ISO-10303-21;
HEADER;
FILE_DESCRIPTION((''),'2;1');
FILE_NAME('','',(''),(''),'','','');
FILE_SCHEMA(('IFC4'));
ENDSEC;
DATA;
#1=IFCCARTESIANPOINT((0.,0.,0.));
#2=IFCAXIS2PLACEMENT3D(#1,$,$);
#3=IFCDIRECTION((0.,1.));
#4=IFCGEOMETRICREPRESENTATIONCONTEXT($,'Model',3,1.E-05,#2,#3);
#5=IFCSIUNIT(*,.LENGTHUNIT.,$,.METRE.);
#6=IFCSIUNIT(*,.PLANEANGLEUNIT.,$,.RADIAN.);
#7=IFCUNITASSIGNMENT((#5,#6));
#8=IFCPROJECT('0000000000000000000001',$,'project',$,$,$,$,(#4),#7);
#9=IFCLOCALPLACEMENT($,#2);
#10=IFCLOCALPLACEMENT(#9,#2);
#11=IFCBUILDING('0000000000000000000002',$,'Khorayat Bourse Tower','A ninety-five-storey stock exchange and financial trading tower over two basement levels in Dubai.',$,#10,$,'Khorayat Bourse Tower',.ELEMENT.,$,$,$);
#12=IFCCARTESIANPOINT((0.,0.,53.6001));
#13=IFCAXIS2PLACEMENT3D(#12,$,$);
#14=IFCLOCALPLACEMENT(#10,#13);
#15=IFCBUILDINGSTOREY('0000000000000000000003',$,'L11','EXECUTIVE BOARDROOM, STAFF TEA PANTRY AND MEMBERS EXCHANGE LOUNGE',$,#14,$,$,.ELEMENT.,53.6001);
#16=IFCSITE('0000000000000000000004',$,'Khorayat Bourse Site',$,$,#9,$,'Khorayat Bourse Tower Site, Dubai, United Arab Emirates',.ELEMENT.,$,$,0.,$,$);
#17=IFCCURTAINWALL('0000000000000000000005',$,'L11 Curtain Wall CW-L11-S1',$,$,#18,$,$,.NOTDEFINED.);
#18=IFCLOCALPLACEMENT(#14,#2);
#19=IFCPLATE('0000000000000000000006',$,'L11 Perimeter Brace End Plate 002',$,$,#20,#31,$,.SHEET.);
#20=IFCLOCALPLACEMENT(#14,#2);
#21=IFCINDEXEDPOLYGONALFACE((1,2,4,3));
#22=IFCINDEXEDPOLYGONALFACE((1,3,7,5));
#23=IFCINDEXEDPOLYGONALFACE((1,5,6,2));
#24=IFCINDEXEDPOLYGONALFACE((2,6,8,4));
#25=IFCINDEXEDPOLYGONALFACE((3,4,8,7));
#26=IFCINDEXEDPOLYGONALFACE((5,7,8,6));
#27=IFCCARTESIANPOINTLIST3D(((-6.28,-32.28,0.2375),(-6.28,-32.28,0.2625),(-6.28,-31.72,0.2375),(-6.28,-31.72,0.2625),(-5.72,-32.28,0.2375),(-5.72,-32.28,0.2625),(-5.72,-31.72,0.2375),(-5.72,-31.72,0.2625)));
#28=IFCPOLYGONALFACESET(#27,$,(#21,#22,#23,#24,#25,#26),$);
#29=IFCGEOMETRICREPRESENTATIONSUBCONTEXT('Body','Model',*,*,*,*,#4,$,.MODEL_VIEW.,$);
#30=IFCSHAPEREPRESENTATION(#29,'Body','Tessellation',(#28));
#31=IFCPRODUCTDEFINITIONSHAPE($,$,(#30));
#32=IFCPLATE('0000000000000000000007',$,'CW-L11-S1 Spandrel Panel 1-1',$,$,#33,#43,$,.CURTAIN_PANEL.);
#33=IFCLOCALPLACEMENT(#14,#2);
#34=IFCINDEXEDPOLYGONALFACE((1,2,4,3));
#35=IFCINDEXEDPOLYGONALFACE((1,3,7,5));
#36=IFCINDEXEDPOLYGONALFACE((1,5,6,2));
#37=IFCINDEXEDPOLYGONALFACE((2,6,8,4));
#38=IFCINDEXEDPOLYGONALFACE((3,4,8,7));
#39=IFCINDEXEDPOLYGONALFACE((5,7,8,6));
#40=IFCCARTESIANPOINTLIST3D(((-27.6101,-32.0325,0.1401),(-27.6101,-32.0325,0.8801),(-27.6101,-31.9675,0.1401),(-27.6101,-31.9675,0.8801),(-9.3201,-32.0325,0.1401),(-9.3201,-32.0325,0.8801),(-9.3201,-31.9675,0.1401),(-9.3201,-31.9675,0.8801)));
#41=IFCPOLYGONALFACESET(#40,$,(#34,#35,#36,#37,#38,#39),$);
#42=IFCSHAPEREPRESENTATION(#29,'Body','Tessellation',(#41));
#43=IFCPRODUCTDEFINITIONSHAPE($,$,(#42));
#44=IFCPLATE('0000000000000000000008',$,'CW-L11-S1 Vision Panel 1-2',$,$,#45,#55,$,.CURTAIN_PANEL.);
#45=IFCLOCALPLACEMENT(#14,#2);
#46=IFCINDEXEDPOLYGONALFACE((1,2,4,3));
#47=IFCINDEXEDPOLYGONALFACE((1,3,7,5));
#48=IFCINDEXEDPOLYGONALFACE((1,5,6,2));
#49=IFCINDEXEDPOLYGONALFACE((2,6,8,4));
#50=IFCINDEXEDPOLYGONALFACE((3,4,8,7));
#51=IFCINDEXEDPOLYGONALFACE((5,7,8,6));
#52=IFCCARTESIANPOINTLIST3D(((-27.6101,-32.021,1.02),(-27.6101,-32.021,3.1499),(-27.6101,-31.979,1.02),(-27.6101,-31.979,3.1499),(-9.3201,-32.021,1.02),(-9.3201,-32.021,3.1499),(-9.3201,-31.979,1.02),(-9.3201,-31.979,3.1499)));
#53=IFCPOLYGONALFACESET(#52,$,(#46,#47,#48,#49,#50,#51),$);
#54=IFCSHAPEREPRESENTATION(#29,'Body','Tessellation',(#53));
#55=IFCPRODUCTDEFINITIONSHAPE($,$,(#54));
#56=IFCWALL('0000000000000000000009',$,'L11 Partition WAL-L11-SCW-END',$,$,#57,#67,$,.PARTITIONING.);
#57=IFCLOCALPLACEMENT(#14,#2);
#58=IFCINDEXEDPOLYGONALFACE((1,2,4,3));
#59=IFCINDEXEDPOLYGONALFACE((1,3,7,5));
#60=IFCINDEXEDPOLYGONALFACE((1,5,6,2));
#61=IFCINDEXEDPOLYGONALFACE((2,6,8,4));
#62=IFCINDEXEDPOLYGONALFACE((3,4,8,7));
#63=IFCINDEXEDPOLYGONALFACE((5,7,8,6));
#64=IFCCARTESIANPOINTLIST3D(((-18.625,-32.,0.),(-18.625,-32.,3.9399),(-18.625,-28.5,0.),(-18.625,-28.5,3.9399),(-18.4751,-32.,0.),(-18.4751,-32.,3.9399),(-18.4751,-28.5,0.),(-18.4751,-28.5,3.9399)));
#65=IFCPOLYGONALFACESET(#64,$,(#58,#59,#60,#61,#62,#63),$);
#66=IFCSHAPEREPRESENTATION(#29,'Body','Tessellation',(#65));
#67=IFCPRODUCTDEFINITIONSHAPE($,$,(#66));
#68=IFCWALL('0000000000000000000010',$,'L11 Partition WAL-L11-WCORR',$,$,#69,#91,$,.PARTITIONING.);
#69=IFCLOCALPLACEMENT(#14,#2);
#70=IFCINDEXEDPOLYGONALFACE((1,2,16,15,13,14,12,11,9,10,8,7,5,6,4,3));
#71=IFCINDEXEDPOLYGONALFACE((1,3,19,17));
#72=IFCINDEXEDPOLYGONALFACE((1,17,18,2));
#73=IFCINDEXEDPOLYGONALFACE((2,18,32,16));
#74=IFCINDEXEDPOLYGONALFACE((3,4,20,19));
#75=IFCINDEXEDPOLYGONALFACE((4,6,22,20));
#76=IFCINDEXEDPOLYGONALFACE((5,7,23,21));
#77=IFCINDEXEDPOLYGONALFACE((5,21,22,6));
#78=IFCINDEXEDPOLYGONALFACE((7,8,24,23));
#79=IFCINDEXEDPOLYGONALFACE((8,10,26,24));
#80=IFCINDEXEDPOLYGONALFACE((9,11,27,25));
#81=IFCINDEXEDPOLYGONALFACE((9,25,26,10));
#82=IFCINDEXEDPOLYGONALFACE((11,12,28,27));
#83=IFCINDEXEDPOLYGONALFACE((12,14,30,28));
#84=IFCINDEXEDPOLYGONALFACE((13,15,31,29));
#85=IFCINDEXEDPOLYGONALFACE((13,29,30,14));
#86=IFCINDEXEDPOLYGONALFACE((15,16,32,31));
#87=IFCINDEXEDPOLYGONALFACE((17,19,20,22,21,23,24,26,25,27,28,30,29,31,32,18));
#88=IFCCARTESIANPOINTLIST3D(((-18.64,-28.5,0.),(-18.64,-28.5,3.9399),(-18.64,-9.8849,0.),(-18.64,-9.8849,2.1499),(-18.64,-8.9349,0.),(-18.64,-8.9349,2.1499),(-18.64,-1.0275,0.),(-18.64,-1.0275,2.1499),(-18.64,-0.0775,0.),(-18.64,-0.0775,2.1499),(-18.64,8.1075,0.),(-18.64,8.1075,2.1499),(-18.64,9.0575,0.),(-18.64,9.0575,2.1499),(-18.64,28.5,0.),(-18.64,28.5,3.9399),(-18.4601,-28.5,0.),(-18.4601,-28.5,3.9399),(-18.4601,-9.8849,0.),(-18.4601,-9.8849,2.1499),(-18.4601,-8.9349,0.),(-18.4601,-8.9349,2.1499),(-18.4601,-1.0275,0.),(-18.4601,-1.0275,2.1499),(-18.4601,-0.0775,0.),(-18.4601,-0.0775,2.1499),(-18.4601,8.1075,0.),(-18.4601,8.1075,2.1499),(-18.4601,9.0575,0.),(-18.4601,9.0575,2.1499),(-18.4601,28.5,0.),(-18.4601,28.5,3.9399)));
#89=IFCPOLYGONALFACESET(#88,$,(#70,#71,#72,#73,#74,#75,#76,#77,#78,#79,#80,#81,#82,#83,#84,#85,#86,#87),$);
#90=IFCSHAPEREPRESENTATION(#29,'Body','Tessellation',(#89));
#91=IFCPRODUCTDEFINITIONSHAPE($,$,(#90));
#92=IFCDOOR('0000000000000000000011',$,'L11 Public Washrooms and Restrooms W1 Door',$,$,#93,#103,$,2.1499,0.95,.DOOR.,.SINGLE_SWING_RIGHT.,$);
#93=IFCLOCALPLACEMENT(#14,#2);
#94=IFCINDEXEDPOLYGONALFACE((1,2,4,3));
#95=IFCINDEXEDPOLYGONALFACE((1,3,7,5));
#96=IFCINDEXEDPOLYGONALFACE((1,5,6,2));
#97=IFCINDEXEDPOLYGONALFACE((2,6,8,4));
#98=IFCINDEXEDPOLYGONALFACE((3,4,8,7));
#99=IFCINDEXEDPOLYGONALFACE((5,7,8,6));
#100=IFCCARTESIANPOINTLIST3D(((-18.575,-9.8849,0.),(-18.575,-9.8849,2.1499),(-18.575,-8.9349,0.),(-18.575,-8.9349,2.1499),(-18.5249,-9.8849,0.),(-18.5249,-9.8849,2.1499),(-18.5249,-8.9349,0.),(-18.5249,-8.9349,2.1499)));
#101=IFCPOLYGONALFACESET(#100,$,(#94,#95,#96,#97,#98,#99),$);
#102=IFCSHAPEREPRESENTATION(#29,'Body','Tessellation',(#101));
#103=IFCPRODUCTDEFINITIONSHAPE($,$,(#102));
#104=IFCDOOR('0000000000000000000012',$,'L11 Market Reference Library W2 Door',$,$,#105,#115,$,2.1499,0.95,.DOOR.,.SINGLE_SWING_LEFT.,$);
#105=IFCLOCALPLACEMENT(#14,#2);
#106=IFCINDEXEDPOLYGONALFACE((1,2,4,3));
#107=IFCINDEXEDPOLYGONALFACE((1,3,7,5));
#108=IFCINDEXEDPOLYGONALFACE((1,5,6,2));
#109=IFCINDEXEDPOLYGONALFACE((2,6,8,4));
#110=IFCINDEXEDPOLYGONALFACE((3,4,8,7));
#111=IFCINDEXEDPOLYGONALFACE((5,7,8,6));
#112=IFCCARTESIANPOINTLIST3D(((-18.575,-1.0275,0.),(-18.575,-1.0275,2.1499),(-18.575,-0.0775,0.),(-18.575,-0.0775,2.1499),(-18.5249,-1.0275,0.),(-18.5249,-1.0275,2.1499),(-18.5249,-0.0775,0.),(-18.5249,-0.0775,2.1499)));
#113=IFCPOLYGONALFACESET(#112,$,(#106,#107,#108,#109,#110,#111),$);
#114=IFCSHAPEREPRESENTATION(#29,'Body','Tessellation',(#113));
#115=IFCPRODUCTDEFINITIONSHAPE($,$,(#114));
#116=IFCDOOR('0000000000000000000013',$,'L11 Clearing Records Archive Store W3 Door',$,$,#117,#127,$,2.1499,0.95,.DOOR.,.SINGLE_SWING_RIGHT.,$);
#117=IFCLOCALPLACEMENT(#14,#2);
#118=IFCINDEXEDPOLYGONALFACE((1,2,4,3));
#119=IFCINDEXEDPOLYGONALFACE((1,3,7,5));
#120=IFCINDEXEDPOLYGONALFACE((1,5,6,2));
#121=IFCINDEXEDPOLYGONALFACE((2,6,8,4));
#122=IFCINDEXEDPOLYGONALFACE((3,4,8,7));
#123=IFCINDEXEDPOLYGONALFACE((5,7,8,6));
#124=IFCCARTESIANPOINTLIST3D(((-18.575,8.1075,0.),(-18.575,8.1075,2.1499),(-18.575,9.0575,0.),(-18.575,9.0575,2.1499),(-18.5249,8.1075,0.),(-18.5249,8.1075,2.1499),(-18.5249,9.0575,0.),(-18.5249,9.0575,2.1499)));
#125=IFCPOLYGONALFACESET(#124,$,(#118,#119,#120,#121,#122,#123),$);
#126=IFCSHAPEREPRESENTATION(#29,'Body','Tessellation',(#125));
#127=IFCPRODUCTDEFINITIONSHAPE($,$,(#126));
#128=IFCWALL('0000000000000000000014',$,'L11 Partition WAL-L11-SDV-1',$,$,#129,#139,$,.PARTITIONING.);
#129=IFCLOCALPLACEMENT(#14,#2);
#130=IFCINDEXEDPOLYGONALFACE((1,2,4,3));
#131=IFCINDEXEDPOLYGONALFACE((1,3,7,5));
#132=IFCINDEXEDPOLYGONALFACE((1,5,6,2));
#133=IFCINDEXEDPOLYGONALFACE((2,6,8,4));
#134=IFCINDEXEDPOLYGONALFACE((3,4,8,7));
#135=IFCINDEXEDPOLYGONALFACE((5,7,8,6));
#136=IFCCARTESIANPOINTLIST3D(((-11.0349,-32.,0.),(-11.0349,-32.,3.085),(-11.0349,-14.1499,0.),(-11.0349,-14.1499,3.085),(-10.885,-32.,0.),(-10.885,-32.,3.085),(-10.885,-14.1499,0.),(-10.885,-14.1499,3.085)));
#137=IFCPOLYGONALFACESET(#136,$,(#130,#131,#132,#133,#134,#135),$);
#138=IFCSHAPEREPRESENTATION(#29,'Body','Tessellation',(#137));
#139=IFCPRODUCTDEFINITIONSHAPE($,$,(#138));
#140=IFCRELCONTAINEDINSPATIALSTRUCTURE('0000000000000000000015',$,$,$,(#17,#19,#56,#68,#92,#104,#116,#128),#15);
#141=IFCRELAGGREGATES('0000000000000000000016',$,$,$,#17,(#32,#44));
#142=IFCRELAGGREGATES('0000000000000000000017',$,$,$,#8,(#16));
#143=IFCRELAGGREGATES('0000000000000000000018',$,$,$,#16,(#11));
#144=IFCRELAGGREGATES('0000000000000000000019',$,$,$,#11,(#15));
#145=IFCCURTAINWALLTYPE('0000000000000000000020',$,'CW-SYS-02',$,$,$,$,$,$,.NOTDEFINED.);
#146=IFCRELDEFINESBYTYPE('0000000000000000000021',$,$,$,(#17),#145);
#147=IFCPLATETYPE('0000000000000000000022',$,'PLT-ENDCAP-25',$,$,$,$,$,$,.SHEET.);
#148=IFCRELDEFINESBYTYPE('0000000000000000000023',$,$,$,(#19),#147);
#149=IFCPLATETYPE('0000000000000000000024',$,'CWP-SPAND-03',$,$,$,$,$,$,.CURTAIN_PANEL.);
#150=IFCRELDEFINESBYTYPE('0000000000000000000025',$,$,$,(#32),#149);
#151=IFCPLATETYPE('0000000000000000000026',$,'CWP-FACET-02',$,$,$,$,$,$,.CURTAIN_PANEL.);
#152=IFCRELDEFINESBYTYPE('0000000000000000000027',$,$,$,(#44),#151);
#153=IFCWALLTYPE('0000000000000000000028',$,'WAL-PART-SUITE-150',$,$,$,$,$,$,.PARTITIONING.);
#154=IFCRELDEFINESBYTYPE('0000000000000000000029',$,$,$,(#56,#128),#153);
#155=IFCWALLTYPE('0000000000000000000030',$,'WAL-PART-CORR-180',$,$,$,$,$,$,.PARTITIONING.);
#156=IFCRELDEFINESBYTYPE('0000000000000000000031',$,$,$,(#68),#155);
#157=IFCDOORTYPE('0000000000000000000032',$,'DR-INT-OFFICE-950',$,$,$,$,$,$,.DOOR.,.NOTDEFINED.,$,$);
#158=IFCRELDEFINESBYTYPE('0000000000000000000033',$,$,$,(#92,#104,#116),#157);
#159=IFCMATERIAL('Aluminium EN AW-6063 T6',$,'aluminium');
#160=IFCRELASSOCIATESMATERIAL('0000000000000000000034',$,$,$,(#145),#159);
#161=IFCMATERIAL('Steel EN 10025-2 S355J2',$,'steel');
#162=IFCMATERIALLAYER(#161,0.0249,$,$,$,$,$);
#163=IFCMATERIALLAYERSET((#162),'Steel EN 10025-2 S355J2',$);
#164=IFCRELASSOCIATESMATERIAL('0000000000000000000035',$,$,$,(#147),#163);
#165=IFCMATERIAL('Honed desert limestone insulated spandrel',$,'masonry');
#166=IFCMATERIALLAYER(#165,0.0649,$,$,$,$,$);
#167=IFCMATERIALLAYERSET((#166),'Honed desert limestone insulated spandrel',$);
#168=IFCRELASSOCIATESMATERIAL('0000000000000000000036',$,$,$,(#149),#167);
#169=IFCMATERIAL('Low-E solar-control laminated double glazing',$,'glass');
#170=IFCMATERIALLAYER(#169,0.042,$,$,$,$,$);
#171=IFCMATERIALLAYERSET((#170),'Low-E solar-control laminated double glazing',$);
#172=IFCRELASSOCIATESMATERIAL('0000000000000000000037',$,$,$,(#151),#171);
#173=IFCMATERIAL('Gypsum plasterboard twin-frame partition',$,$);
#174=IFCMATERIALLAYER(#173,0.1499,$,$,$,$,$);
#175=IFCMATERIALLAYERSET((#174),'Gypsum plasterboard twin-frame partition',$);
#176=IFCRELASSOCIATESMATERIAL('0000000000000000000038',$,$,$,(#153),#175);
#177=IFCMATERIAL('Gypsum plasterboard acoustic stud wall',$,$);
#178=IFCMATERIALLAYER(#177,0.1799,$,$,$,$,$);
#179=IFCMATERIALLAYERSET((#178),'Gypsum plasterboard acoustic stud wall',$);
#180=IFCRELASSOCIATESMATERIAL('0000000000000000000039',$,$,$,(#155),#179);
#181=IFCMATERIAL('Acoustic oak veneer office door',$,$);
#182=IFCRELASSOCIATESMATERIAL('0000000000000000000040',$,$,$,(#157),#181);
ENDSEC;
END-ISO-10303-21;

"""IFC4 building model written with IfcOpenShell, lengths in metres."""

from ifc_helpers import new_model, si_unit, direction, frame, frame_2d, origin, origin_2d, place, context, subcontext, project, spatial, rectangle, extrude, source, transform, mapped, material, layer, layer_set, type_object, element, fill, aggregate, save


model = new_model("IFC4")

# Units and contexts
model_context = context("Model", 3, precision=1e-05, world=origin(), true_north=direction((0.0, 1.0)))
body_context = subcontext(model_context, "Body", "Model", "MODEL_VIEW")
ifc_project = project(units=[si_unit("LENGTHUNIT", "METRE"), si_unit("PLANEANGLEUNIT", "RADIAN")], contexts=[model_context])

# Site, building, storey
site_placement = place(None, origin())
site = spatial("IfcSite", under=ifc_project, at=site_placement, Name="Khorayat Bourse Site", LongName="Khorayat Bourse Tower Site, Dubai, United Arab Emirates", CompositionType="ELEMENT", RefElevation=0.0)
building_placement = place(site_placement, origin())
building = spatial("IfcBuilding", under=site, at=building_placement, Name="Khorayat Bourse Tower", Description="A ninety-five-storey stock exchange and financial trading tower over two basement levels in Dubai.", LongName="Khorayat Bourse Tower", CompositionType="ELEMENT")
storey_placement = place(building_placement, frame((0.0, 0.0, 53.6001)))
storey = spatial("IfcBuildingStorey", under=building, at=storey_placement, Name="L11", Description="EXECUTIVE BOARDROOM, STAFF TEA PANTRY AND MEMBERS EXCHANGE LOUNGE", CompositionType="ELEMENT", Elevation=53.6001)

# Curtain wall
ifc_material_1 = material(Name="Aluminium EN AW-6063 T6", Category="aluminium")
curtain_wall_type = type_object("IfcCurtainWallType", Name="CW-SYS-02", PredefinedType="NOTDEFINED", material=ifc_material_1)
curtain_wall_placement = place(storey_placement, origin())
curtain_wall = element("IfcCurtainWall", 1, at=curtain_wall_placement, inside=storey, type_object=curtain_wall_type, Name="L11 Curtain Wall CW-L11-S1", PredefinedType="NOTDEFINED")

# Plate
ifc_material_2 = material(Name="Steel EN 10025-2 S355J2", Category="steel")
ifc_layer_1 = layer(ifc_material_2, 0.0249)
ifc_layer_set_1 = layer_set([ifc_layer_1], Name="Steel EN 10025-2 S355J2")
plate_type_1 = type_object("IfcPlateType", Name="PLT-ENDCAP-25", PredefinedType="SHEET", material=ifc_layer_set_1)
shared_shape_1 = source(origin(), body_context, "Body", "SweptSolid", [
    extrude(rectangle(XDim=0.5601, YDim=0.5601, at=origin_2d()), origin(), (0.0, 0.0, 1.0), 0.0249),
])
for number, where, z_axis, x_axis, name in (
    (2, (-6.0, -32.0, 0.2375), (0.0, 0.0, 1.0), (1.0, 0.0, 0.0), "L11 Perimeter Brace End Plate 002"),
):
    element("IfcPlate", number, at=place(storey_placement, frame(where, z_axis=z_axis, x_axis=x_axis)), inside=storey, type_object=plate_type_1, Name=name, PredefinedType="SHEET", context=body_context, shape_type="MappedRepresentation", body=[
        mapped(shared_shape_1, transform((0.0, 0.0, 0.0), scale=1.0)),
    ])

# Plates
ifc_material_3 = material(Name="Honed desert limestone insulated spandrel", Category="masonry")
ifc_layer_2 = layer(ifc_material_3, 0.0649)
ifc_layer_set_2 = layer_set([ifc_layer_2], Name="Honed desert limestone insulated spandrel")
plate_type_2 = type_object("IfcPlateType", Name="CWP-SPAND-03", PredefinedType="CURTAIN_PANEL", material=ifc_layer_set_2)
shared_shape_2 = source(origin(), body_context, "Body", "SweptSolid", [
    extrude(rectangle(XDim=18.29, YDim=0.0649, at=origin_2d()), origin(), (0.0, 0.0, 1.0), 0.74),
])
plate_1_placement = place(storey_placement, frame((-18.4651, -32.0, 0.1401), z_axis=(0.0, 0.0, 1.0), x_axis=(1.0, 0.0, 0.0)))
plate_1 = element("IfcPlate", 3, at=plate_1_placement, type_object=plate_type_2, Name="CW-L11-S1 Spandrel Panel 1-1", PredefinedType="CURTAIN_PANEL", context=body_context, shape_type="MappedRepresentation", body=[
    mapped(shared_shape_2, transform((0.0, 0.0, 0.0), scale=1.0)),
])
ifc_material_4 = material(Name="Low-E solar-control laminated double glazing", Category="glass")
ifc_layer_3 = layer(ifc_material_4, 0.042)
ifc_layer_set_3 = layer_set([ifc_layer_3], Name="Low-E solar-control laminated double glazing")
plate_type_3 = type_object("IfcPlateType", Name="CWP-FACET-02", PredefinedType="CURTAIN_PANEL", material=ifc_layer_set_3)
shared_shape_3 = source(origin(), body_context, "Body", "SweptSolid", [
    extrude(rectangle(XDim=18.29, YDim=0.042, at=origin_2d()), origin(), (0.0, 0.0, 1.0), 2.1299),
])
plate_2_placement = place(storey_placement, frame((-18.4651, -32.0, 1.02), z_axis=(0.0, 0.0, 1.0), x_axis=(1.0, 0.0, 0.0)))
plate_2 = element("IfcPlate", 4, at=plate_2_placement, type_object=plate_type_3, Name="CW-L11-S1 Vision Panel 1-2", PredefinedType="CURTAIN_PANEL", context=body_context, shape_type="MappedRepresentation", body=[
    mapped(shared_shape_3, transform((0.0, 0.0, 0.0), scale=1.0)),
])
aggregate(curtain_wall, [plate_1, plate_2])

# Wall
ifc_material_5 = material(Name="Gypsum plasterboard twin-frame partition")
ifc_layer_4 = layer(ifc_material_5, 0.1499)
ifc_layer_set_4 = layer_set([ifc_layer_4], Name="Gypsum plasterboard twin-frame partition")
wall_type_1 = type_object("IfcWallType", Name="WAL-PART-SUITE-150", PredefinedType="PARTITIONING", material=ifc_layer_set_4)
shared_shape_4 = source(origin(), body_context, "Body", "SweptSolid", [
    extrude(rectangle(XDim=3.5, YDim=0.1499, at=frame_2d((1.75, 0.0))), origin(), (0.0, 0.0, 1.0), 3.9399),
])
wall_1_placement = place(storey_placement, frame((-18.55, -32.0, 0.0), z_axis=(0.0, 0.0, 1.0), x_axis=(0.0, 1.0, 0.0)))
element("IfcWall", 5, at=wall_1_placement, inside=storey, type_object=wall_type_1, Name="L11 Partition WAL-L11-SCW-END", PredefinedType="PARTITIONING", context=body_context, shape_type="MappedRepresentation", body=[
    mapped(shared_shape_4, transform((0.0, 0.0, 0.0), scale=1.0)),
])

# Wall, openings, doors
ifc_material_6 = material(Name="Gypsum plasterboard acoustic stud wall")
ifc_layer_5 = layer(ifc_material_6, 0.1799)
ifc_layer_set_5 = layer_set([ifc_layer_5], Name="Gypsum plasterboard acoustic stud wall")
wall_type_2 = type_object("IfcWallType", Name="WAL-PART-CORR-180", PredefinedType="PARTITIONING", material=ifc_layer_set_5)
shared_shape_5 = source(origin(), body_context, "Body", "SweptSolid", [
    extrude(rectangle(XDim=57.0, YDim=0.1799, at=frame_2d((28.5, 0.0))), origin(), (0.0, 0.0, 1.0), 3.9399),
])
wall_2_placement = place(storey_placement, frame((-18.55, -28.5, 0.0), z_axis=(0.0, 0.0, 1.0), x_axis=(0.0, 1.0, 0.0)))
wall_2 = element("IfcWall", 6, at=wall_2_placement, inside=storey, type_object=wall_type_2, Name="L11 Partition WAL-L11-WCORR", PredefinedType="PARTITIONING", context=body_context, shape_type="MappedRepresentation", body=[
    mapped(shared_shape_5, transform((0.0, 0.0, 0.0), scale=1.0)),
])
shared_shape_6 = source(origin(), body_context, "Body", "SweptSolid", [
    extrude(rectangle(XDim=0.95, YDim=2.1499, at=frame_2d((0.4751, 1.075))), frame((0.0, 0.0999, 0.0), z_axis=(0.0, -1.0, 0.0), x_axis=(1.0, 0.0, 0.0)), (0.0, 0.0, 1.0), 0.2),
])
opening_1_placement = place(wall_2_placement, frame((18.615, 0.0, 0.0)))
opening_1 = element("IfcOpeningElement", 7, at=opening_1_placement, cuts=wall_2, PredefinedType="OPENING", context=body_context, shape_type="MappedRepresentation", body=[
    mapped(shared_shape_6, transform((0.0, 0.0, 0.0), scale=1.0)),
])
opening_2_placement = place(wall_2_placement, frame((27.4724, 0.0, 0.0)))
opening_2 = element("IfcOpeningElement", 8, at=opening_2_placement, cuts=wall_2, PredefinedType="OPENING", context=body_context, shape_type="MappedRepresentation", body=[
    mapped(shared_shape_6, transform((0.0, 0.0, 0.0), scale=1.0)),
])
opening_3_placement = place(wall_2_placement, frame((36.6074, 0.0, 0.0)))
opening_3 = element("IfcOpeningElement", 9, at=opening_3_placement, cuts=wall_2, PredefinedType="OPENING", context=body_context, shape_type="MappedRepresentation", body=[
    mapped(shared_shape_6, transform((0.0, 0.0, 0.0), scale=1.0)),
])
ifc_material_7 = material(Name="Acoustic oak veneer office door")
door_type = type_object("IfcDoorType", Name="DR-INT-OFFICE-950", OperationType="NOTDEFINED", PredefinedType="DOOR", material=ifc_material_7)
shared_shape_7 = source(origin(), body_context, "Body", "SweptSolid", [
    extrude(rectangle(XDim=0.95, YDim=2.1499, at=frame_2d((0.4751, 1.075))), frame((0.0, 0.0249, 0.0), z_axis=(0.0, -1.0, 0.0), x_axis=(1.0, 0.0, 0.0)), (0.0, 0.0, 1.0), 0.05),
])
door_1_placement = place(opening_1_placement, origin())
door_1 = element("IfcDoor", 10, at=door_1_placement, inside=storey, type_object=door_type, Name="L11 Public Washrooms and Restrooms W1 Door", OperationType="SINGLE_SWING_RIGHT", OverallHeight=2.1499, OverallWidth=0.95, PredefinedType="DOOR", context=body_context, shape_type="MappedRepresentation", body=[
    mapped(shared_shape_7, transform((0.0, 0.0, 0.0), scale=1.0)),
])
fill(opening_1, door_1)
door_2_placement = place(opening_2_placement, origin())
door_2 = element("IfcDoor", 11, at=door_2_placement, inside=storey, type_object=door_type, Name="L11 Market Reference Library W2 Door", OperationType="SINGLE_SWING_LEFT", OverallHeight=2.1499, OverallWidth=0.95, PredefinedType="DOOR", context=body_context, shape_type="MappedRepresentation", body=[
    mapped(shared_shape_7, transform((0.0, 0.0, 0.0), scale=1.0)),
])
fill(opening_2, door_2)
door_3_placement = place(opening_3_placement, origin())
door_3 = element("IfcDoor", 12, at=door_3_placement, inside=storey, type_object=door_type, Name="L11 Clearing Records Archive Store W3 Door", OperationType="SINGLE_SWING_RIGHT", OverallHeight=2.1499, OverallWidth=0.95, PredefinedType="DOOR", context=body_context, shape_type="MappedRepresentation", body=[
    mapped(shared_shape_7, transform((0.0, 0.0, 0.0), scale=1.0)),
])
fill(opening_3, door_3)

# Wall
shared_shape_8 = source(origin(), body_context, "Body", "SweptSolid", [
    extrude(rectangle(XDim=17.8501, YDim=0.1499, at=frame_2d((8.925, 0.0))), origin(), (0.0, 0.0, 1.0), 3.085),
])
wall_3_placement = place(storey_placement, frame((-10.96, -32.0, 0.0), z_axis=(0.0, 0.0, 1.0), x_axis=(0.0, 1.0, 0.0)))
element("IfcWall", 13, at=wall_3_placement, inside=storey, type_object=wall_type_1, Name="L11 Partition WAL-L11-SDV-1", PredefinedType="PARTITIONING", context=body_context, shape_type="MappedRepresentation", body=[
    mapped(shared_shape_8, transform((0.0, 0.0, 0.0), scale=1.0)),
])

save(model, "model.ifc")
